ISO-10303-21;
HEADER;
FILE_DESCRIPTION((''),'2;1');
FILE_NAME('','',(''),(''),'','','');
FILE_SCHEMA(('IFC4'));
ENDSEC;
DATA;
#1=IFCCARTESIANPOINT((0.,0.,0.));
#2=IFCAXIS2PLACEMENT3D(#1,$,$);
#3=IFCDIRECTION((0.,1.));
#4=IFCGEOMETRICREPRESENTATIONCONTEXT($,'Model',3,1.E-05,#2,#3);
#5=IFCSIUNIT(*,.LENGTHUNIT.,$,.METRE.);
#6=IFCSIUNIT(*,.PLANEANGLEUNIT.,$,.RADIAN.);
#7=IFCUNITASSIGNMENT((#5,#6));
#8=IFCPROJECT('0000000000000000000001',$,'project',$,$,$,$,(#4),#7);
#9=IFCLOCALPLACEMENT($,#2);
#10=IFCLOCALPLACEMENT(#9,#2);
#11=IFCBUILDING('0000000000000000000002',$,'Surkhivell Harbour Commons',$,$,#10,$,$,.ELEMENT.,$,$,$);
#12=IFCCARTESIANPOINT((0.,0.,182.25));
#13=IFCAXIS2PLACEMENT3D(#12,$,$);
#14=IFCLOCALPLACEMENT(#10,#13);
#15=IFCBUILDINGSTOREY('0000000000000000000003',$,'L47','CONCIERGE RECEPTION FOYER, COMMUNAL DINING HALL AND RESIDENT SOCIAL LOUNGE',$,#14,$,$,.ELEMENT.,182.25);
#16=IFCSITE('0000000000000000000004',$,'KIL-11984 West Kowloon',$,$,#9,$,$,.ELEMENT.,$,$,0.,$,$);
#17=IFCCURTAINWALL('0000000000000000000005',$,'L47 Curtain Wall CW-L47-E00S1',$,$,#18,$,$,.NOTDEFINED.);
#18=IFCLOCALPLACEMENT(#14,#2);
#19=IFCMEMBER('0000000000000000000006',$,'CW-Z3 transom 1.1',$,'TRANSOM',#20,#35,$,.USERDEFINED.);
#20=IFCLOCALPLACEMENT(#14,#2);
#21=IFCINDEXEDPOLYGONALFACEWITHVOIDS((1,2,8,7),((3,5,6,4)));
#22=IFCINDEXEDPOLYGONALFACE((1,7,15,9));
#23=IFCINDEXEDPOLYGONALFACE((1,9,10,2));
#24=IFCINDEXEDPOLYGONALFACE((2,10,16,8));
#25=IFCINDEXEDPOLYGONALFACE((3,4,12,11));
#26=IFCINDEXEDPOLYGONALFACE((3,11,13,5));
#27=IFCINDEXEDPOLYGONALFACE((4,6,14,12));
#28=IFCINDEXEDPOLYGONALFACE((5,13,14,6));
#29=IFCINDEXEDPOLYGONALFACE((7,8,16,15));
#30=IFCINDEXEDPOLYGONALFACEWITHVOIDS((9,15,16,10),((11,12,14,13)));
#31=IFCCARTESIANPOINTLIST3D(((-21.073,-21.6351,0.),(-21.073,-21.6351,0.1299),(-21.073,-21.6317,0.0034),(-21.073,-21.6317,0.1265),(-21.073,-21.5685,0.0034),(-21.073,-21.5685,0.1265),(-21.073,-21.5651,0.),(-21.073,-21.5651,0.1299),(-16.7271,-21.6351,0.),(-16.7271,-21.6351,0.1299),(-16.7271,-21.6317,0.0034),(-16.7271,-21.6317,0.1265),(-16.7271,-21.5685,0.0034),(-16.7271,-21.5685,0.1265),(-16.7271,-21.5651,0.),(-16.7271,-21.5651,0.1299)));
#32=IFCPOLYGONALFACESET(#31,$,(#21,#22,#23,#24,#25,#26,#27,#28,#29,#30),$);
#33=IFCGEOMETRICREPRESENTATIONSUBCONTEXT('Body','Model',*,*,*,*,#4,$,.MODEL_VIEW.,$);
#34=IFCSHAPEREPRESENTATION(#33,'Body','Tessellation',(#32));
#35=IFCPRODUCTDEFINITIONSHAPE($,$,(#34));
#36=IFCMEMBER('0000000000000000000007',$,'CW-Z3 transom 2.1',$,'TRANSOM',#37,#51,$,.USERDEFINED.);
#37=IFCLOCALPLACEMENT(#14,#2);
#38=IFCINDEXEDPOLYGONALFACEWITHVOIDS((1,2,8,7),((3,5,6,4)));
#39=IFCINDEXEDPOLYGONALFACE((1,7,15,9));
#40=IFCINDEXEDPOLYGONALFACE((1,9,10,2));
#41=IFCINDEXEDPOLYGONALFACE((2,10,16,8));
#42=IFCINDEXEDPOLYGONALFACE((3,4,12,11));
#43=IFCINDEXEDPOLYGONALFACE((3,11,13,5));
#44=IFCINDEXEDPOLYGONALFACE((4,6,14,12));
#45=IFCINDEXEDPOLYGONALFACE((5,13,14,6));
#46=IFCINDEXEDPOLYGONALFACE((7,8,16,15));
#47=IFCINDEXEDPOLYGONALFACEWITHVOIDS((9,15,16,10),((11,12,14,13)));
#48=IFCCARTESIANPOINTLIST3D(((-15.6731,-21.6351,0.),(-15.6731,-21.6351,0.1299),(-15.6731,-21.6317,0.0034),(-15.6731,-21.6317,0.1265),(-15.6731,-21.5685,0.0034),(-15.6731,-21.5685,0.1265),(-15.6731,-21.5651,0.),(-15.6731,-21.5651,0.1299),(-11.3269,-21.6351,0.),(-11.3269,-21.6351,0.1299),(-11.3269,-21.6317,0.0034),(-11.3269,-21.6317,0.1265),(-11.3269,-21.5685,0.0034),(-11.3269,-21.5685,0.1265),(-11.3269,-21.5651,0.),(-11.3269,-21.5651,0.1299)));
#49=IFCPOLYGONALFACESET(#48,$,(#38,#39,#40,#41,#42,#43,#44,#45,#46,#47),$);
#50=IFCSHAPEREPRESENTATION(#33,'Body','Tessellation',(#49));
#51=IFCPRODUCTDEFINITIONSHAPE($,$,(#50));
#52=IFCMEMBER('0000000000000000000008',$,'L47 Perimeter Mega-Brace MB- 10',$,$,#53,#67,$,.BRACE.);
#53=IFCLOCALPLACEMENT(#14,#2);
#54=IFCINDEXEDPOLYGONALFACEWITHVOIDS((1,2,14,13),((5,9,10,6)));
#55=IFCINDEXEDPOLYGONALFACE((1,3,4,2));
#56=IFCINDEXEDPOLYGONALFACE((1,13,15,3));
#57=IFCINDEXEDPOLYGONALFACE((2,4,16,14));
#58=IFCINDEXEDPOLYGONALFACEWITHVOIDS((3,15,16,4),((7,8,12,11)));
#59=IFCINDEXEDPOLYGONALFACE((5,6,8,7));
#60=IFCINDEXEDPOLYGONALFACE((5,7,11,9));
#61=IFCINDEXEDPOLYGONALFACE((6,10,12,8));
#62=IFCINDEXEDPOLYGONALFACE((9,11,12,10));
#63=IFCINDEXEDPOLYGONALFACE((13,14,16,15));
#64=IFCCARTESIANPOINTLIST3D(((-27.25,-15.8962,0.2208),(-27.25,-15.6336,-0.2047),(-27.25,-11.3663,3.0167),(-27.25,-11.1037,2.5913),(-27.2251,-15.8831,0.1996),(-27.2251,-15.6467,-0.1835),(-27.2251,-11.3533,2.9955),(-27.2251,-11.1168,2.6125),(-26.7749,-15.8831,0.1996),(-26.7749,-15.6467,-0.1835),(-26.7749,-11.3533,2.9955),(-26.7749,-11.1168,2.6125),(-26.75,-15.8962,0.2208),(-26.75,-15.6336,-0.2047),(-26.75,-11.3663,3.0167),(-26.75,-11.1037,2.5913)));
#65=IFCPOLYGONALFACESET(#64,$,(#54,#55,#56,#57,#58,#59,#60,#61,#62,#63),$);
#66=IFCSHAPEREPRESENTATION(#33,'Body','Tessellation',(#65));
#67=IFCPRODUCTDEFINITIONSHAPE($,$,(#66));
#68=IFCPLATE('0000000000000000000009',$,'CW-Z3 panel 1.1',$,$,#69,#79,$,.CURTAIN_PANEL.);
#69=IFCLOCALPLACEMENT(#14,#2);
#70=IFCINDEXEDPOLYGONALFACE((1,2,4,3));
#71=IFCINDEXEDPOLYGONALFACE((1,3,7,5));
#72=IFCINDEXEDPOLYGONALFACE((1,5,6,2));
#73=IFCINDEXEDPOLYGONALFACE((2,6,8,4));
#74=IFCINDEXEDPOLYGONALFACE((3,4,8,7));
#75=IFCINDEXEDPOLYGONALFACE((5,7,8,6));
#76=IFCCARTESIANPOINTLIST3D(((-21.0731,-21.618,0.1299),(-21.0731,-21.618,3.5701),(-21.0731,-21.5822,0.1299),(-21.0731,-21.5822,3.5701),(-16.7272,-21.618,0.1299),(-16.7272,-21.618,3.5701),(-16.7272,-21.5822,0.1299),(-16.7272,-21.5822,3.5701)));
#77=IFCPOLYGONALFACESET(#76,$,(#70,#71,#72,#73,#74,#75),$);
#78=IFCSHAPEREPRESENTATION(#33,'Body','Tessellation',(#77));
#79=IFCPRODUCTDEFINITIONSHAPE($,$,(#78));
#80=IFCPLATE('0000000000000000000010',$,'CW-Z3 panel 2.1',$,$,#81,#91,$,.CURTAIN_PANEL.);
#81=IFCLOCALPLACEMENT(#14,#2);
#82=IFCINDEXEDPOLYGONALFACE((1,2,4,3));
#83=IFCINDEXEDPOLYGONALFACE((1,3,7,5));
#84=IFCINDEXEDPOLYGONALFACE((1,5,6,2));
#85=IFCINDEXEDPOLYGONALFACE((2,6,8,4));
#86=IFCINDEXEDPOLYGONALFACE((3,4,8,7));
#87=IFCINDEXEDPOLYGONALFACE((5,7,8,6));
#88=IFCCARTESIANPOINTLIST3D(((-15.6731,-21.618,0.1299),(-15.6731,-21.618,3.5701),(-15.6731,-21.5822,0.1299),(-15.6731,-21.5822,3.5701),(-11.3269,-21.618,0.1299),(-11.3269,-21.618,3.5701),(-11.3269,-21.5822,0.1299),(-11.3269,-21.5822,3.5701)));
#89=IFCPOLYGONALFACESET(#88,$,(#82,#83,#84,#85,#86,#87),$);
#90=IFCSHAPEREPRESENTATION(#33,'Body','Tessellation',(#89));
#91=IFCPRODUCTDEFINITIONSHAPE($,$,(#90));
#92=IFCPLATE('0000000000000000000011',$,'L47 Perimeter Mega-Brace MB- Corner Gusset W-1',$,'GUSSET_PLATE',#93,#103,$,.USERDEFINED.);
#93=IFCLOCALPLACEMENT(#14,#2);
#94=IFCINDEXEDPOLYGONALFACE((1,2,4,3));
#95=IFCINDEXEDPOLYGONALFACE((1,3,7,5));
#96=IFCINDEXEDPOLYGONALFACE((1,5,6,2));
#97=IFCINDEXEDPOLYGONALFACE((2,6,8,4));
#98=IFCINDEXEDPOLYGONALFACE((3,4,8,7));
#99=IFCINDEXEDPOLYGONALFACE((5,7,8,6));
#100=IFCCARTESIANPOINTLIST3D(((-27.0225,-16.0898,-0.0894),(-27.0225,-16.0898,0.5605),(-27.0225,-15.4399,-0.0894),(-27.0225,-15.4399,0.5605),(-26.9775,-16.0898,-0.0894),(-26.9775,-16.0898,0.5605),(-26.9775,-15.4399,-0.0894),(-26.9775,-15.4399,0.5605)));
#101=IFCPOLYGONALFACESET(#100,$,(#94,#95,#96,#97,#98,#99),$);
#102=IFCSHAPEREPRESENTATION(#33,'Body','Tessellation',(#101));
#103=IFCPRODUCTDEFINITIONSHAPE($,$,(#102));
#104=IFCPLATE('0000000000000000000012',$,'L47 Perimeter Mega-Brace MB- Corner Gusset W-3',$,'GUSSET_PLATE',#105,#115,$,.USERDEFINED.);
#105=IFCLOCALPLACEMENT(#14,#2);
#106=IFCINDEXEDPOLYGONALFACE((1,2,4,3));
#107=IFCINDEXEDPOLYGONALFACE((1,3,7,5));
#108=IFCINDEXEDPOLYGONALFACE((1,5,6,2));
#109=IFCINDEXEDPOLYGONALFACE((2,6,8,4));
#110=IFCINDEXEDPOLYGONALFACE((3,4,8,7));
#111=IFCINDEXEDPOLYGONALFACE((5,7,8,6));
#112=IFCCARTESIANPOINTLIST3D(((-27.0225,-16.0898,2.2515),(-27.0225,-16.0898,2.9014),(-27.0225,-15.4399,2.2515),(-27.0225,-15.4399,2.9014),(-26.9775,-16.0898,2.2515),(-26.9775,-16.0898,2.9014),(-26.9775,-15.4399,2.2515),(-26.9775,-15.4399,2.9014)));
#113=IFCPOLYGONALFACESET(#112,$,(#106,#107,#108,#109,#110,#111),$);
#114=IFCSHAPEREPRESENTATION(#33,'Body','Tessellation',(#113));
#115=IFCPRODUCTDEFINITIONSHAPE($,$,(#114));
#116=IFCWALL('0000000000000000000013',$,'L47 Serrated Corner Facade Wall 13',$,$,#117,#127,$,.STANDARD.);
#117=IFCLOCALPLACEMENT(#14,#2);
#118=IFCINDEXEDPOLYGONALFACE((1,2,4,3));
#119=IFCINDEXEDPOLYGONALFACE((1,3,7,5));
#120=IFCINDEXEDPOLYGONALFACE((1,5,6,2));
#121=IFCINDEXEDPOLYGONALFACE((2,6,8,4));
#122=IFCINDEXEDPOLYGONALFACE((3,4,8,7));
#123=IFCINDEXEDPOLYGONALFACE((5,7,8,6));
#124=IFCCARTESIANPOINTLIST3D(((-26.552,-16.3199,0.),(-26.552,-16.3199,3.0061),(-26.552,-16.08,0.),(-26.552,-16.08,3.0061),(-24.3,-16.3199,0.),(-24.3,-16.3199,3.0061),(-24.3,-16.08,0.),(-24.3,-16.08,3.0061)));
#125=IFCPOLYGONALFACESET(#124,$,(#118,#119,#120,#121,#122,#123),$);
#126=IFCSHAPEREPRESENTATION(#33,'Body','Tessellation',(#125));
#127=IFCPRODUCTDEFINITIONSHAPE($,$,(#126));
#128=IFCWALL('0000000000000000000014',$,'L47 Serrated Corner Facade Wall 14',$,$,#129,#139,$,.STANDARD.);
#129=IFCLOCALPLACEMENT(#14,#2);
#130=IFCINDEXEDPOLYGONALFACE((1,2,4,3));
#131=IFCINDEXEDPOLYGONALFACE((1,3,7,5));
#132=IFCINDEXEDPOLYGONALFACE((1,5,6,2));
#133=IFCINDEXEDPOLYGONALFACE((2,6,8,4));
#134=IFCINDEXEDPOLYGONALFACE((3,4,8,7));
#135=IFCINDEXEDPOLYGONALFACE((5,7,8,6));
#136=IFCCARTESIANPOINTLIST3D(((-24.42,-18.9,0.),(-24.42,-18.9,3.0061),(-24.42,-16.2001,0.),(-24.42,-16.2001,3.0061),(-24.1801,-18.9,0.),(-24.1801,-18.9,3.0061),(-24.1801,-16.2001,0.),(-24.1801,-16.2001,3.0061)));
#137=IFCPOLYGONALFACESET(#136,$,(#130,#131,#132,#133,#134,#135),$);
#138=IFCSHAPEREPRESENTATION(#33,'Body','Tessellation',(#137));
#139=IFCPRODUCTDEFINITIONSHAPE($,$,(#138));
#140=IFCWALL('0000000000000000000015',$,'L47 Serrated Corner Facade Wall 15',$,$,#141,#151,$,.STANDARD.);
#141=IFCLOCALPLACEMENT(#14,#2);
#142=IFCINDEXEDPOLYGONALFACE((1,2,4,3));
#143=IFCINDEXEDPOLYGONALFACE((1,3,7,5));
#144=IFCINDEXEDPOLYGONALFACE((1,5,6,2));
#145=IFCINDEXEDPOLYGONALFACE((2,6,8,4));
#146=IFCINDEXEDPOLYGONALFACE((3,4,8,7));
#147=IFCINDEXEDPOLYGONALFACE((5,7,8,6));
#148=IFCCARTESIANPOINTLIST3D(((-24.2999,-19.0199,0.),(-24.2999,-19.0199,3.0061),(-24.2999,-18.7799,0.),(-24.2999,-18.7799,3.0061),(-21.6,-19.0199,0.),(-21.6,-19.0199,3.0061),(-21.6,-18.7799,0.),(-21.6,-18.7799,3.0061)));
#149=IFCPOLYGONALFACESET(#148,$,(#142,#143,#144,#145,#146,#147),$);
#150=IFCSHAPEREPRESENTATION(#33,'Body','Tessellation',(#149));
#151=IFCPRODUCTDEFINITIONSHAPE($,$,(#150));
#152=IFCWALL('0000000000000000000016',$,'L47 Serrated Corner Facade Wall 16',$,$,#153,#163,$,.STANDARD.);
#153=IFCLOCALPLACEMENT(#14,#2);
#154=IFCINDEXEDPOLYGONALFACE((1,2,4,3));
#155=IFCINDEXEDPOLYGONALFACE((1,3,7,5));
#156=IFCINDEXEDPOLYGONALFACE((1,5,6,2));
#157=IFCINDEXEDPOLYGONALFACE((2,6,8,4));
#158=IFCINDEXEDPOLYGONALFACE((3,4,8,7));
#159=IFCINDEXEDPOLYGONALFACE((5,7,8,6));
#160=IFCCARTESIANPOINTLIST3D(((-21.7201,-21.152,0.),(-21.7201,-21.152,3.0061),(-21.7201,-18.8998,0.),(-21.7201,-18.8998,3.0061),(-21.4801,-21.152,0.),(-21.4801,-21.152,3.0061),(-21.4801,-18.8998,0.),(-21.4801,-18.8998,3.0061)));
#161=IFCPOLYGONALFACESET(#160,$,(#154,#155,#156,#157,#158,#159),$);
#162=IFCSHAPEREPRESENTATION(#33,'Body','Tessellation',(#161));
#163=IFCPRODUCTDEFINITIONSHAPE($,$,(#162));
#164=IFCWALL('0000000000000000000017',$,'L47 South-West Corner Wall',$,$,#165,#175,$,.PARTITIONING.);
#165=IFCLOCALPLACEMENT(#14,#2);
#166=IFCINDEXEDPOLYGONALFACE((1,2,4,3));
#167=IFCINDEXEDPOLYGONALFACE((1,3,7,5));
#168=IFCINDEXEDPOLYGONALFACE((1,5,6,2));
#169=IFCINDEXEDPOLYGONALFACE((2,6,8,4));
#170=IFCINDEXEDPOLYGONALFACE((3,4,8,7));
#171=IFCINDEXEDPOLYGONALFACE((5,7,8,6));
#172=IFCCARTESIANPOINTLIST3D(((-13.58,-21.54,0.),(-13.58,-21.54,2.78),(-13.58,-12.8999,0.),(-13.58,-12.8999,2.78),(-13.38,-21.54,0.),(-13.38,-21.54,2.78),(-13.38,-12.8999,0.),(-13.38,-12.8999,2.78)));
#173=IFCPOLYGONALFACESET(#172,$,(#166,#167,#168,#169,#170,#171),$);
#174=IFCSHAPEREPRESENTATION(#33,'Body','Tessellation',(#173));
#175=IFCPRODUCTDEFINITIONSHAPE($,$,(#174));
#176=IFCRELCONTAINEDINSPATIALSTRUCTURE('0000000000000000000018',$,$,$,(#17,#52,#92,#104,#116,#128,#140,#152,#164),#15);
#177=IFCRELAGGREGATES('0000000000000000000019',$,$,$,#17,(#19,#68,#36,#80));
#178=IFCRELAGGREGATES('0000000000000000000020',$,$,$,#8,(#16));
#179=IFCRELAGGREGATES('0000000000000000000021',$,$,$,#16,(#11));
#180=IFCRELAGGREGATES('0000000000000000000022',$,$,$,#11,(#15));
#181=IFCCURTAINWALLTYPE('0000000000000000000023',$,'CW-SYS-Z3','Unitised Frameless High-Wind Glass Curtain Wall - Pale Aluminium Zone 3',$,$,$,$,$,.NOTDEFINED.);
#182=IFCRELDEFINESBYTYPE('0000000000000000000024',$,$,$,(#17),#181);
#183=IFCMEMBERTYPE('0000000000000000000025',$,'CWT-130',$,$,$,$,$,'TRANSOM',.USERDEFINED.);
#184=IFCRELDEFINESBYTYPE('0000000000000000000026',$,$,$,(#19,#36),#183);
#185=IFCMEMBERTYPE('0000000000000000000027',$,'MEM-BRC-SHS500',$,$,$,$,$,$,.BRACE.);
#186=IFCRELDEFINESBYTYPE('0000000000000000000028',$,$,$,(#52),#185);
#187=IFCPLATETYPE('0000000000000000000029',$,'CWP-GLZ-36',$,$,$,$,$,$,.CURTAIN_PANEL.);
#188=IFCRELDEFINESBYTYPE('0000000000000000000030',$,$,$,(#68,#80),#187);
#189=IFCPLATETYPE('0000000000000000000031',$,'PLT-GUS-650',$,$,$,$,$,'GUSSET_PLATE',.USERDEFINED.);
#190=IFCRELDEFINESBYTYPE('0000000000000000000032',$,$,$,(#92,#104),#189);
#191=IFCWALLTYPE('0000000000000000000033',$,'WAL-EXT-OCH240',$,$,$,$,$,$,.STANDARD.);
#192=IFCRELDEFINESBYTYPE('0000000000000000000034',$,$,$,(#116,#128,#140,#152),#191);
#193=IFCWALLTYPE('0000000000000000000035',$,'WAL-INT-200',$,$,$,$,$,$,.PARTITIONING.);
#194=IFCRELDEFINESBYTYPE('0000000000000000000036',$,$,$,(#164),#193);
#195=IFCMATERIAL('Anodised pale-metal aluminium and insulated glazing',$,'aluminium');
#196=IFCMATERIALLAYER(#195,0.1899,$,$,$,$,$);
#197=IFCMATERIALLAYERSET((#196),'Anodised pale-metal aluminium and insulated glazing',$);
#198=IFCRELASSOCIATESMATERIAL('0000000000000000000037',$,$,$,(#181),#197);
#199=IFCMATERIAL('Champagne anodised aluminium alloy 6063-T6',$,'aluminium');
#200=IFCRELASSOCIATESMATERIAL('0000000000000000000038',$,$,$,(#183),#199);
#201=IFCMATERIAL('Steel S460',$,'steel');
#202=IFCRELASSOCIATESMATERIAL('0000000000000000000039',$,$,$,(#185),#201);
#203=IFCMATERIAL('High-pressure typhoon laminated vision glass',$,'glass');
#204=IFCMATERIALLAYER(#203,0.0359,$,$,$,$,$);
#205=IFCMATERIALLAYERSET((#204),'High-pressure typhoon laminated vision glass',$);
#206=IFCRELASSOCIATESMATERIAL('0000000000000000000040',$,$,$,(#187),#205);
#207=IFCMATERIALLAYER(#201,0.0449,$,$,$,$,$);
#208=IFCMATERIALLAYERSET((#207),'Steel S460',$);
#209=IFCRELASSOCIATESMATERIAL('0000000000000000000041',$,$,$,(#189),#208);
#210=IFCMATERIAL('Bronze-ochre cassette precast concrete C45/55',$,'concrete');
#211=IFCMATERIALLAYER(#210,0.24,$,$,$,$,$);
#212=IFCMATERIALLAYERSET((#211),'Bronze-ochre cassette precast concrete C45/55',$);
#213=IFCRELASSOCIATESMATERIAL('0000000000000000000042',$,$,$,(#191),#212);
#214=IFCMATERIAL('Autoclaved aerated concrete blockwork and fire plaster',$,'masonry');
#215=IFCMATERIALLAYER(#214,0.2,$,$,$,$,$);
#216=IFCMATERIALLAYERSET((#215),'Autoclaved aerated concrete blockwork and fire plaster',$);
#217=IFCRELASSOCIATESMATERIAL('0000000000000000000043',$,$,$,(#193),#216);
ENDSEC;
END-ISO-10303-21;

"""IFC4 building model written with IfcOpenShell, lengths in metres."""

from ifc_helpers import new_model, si_unit, direction, frame, frame_2d, origin, origin_2d, place, context, subcontext, project, spatial, rectangle, hollow_rectangle, extrude, material, layer, layer_set, material_profile, profile_set, type_object, element, aggregate, save


model = new_model("IFC4")

# Units and contexts
model_context = context("Model", 3, precision=1e-05, world=origin(), true_north=direction((0.0, 1.0)))
body_context = subcontext(model_context, "Body", "Model", "MODEL_VIEW")
ifc_project = project(units=[si_unit("LENGTHUNIT", "METRE"), si_unit("PLANEANGLEUNIT", "RADIAN")], contexts=[model_context])

# Site, building, storey
site_placement = place(None, origin())
site = spatial("IfcSite", under=ifc_project, at=site_placement, Name="KIL-11984 West Kowloon", CompositionType="ELEMENT", RefElevation=0.0)
building_placement = place(site_placement, origin())
building = spatial("IfcBuilding", under=site, at=building_placement, Name="Surkhivell Harbour Commons", CompositionType="ELEMENT")
storey_placement = place(building_placement, frame((0.0, 0.0, 182.25)))
storey = spatial("IfcBuildingStorey", under=building, at=storey_placement, Name="L47", Description="CONCIERGE RECEPTION FOYER, COMMUNAL DINING HALL AND RESIDENT SOCIAL LOUNGE", CompositionType="ELEMENT", Elevation=182.25)

# Curtain wall, members
ifc_material_1 = material(Name="Anodised pale-metal aluminium and insulated glazing", Category="aluminium")
ifc_layer_1 = layer(ifc_material_1, 0.1899)
ifc_layer_set_1 = layer_set([ifc_layer_1], Name="Anodised pale-metal aluminium and insulated glazing")
curtain_wall_type = type_object("IfcCurtainWallType", Name="CW-SYS-Z3", Description="Unitised Frameless High-Wind Glass Curtain Wall - Pale Aluminium Zone 3", PredefinedType="NOTDEFINED", material=ifc_layer_set_1)
curtain_wall_placement = place(storey_placement, origin())
curtain_wall = element("IfcCurtainWall", 1, at=curtain_wall_placement, inside=storey, type_object=curtain_wall_type, Name="L47 Curtain Wall CW-L47-E00S1", PredefinedType="NOTDEFINED")
ifc_material_2 = material(Name="Champagne anodised aluminium alloy 6063-T6", Category="aluminium")
ifc_material_profile_1 = material_profile(ifc_material_2, hollow_rectangle(XDim=0.0701, YDim=0.1299, WallThickness=0.0034, at=origin_2d()), Name="ALU-TRAN-70x130")
ifc_profile_set_1 = profile_set([ifc_material_profile_1], Name="Champagne anodised aluminium alloy 6063-T6")
member_type_1 = type_object("IfcMemberType", Name="CWT-130", ElementType="TRANSOM", PredefinedType="USERDEFINED", material=ifc_profile_set_1)
member_1_placement = place(storey_placement, frame((-21.073, -21.6001, 0.0649), z_axis=(1.0, 0.0, 0.0), x_axis=(0.0, 1.0, 0.0)))
member_1 = element("IfcMember", 2, at=member_1_placement, type_object=member_type_1, Name="CW-Z3 transom 1.1", ObjectType="TRANSOM", PredefinedType="USERDEFINED", context=body_context, shape_type="SweptSolid", body=[
    extrude(hollow_rectangle(XDim=0.0701, YDim=0.1299, WallThickness=0.0034, at=origin_2d()), origin(), (0.0, 0.0, 1.0), 4.3459),
])
member_2_placement = place(storey_placement, frame((-15.6731, -21.6001, 0.0649), z_axis=(1.0, 0.0, 0.0), x_axis=(0.0, 1.0, 0.0)))
member_2 = element("IfcMember", 3, at=member_2_placement, type_object=member_type_1, Name="CW-Z3 transom 2.1", ObjectType="TRANSOM", PredefinedType="USERDEFINED", context=body_context, shape_type="SweptSolid", body=[
    extrude(hollow_rectangle(XDim=0.0701, YDim=0.1299, WallThickness=0.0034, at=origin_2d()), origin(), (0.0, 0.0, 1.0), 4.3462),
])

# Member
ifc_material_3 = material(Name="Steel S460", Category="steel")
ifc_material_profile_2 = material_profile(ifc_material_3, hollow_rectangle(XDim=0.5, YDim=0.5, WallThickness=0.0249, at=origin_2d()), Name="SHS500x500x25")
ifc_profile_set_2 = profile_set([ifc_material_profile_2], Name="Steel S460")
member_type_2 = type_object("IfcMemberType", Name="MEM-BRC-SHS500", PredefinedType="BRACE", material=ifc_profile_set_2)
member_3_placement = place(storey_placement, frame((-27.0, -15.7649, 0.0081), z_axis=(0.0, 0.850958, 0.525233), x_axis=(-1.0, 0.0, 0.0)))
element("IfcMember", 4, at=member_3_placement, inside=storey, type_object=member_type_2, Name="L47 Perimeter Mega-Brace MB- 10", PredefinedType="BRACE", context=body_context, shape_type="SweptSolid", body=[
    extrude(hollow_rectangle(XDim=0.5, YDim=0.5, WallThickness=0.0249, at=origin_2d()), origin(), (0.0, 0.0, 1.0), 5.3232),
])

# Plates
ifc_material_4 = material(Name="High-pressure typhoon laminated vision glass", Category="glass")
ifc_layer_2 = layer(ifc_material_4, 0.0359)
ifc_layer_set_2 = layer_set([ifc_layer_2], Name="High-pressure typhoon laminated vision glass")
plate_type_1 = type_object("IfcPlateType", Name="CWP-GLZ-36", PredefinedType="CURTAIN_PANEL", material=ifc_layer_set_2)
plate_1_placement = place(storey_placement, frame((-21.073, -21.6001, 0.1299), z_axis=(0.0, 0.0, 1.0), x_axis=(1.0, 0.0, 0.0)))
plate_1 = element("IfcPlate", 5, at=plate_1_placement, type_object=plate_type_1, Name="CW-Z3 panel 1.1", PredefinedType="CURTAIN_PANEL", context=body_context, shape_type="SweptSolid", body=[
    extrude(rectangle(XDim=4.3459, YDim=0.0359, at=frame_2d((2.1729, 0.0))), origin(), (0.0, 0.0, 1.0), 3.4402),
])
plate_2_placement = place(storey_placement, frame((-15.6731, -21.6001, 0.1299), z_axis=(0.0, 0.0, 1.0), x_axis=(1.0, 0.0, 0.0)))
plate_2 = element("IfcPlate", 6, at=plate_2_placement, type_object=plate_type_1, Name="CW-Z3 panel 2.1", PredefinedType="CURTAIN_PANEL", context=body_context, shape_type="SweptSolid", body=[
    extrude(rectangle(XDim=4.3462, YDim=0.0359, at=frame_2d((2.1731, 0.0))), origin(), (0.0, 0.0, 1.0), 3.4402),
])
aggregate(curtain_wall, [member_1, plate_1, member_2, plate_2])

# Plates
ifc_layer_3 = layer(ifc_material_3, 0.0449)
ifc_layer_set_3 = layer_set([ifc_layer_3], Name="Steel S460")
plate_type_2 = type_object("IfcPlateType", Name="PLT-GUS-650", ElementType="GUSSET_PLATE", PredefinedType="USERDEFINED", material=ifc_layer_set_3)
for number, where, z_axis, x_axis, name in (
    (7, (-27.0, -15.7649, -0.0894), (0.0, 0.0, 1.0), (0.0, 1.0, 0.0), "L47 Perimeter Mega-Brace MB- Corner Gusset W-1"),
    (8, (-27.0, -15.7649, 2.2515), (0.0, 0.0, 1.0), (0.0, 1.0, 0.0), "L47 Perimeter Mega-Brace MB- Corner Gusset W-3"),
):
    element("IfcPlate", number, at=place(storey_placement, frame(where, z_axis=z_axis, x_axis=x_axis)), inside=storey, type_object=plate_type_2, Name=name, ObjectType="GUSSET_PLATE", PredefinedType="USERDEFINED", context=body_context, shape_type="SweptSolid", body=[
        extrude(rectangle(XDim=0.6499, YDim=0.0449, at=origin_2d()), origin(), (0.0, 0.0, 1.0), 0.6499),
    ])

# Walls
ifc_material_5 = material(Name="Bronze-ochre cassette precast concrete C45/55", Category="concrete")
ifc_layer_4 = layer(ifc_material_5, 0.24)
ifc_layer_set_4 = layer_set([ifc_layer_4], Name="Bronze-ochre cassette precast concrete C45/55")
wall_type_1 = type_object("IfcWallType", Name="WAL-EXT-OCH240", PredefinedType="STANDARD", material=ifc_layer_set_4)
wall_1_placement = place(storey_placement, frame((-26.552, -16.2, 0.0), z_axis=(0.0, 0.0, 1.0), x_axis=(1.0, 0.0, 0.0)))
element("IfcWall", 9, at=wall_1_placement, inside=storey, type_object=wall_type_1, Name="L47 Serrated Corner Facade Wall 13", PredefinedType="STANDARD", context=body_context, shape_type="SweptSolid", body=[
    extrude(rectangle(XDim=2.252, YDim=0.24, at=frame_2d((1.126, 0.0))), origin(), (0.0, 0.0, 1.0), 3.0061),
])
for number, where, z_axis, x_axis, name in (
    (10, (-24.3, -16.2, 0.0), (0.0, 0.0, 1.0), (0.0, -1.0, 0.0), "L47 Serrated Corner Facade Wall 14"),
    (11, (-24.3, -18.8999, 0.0), (0.0, 0.0, 1.0), (1.0, 0.0, 0.0), "L47 Serrated Corner Facade Wall 15"),
):
    element("IfcWall", number, at=place(storey_placement, frame(where, z_axis=z_axis, x_axis=x_axis)), inside=storey, type_object=wall_type_1, Name=name, PredefinedType="STANDARD", context=body_context, shape_type="SweptSolid", body=[
        extrude(rectangle(XDim=2.7, YDim=0.24, at=frame_2d((1.3501, 0.0))), origin(), (0.0, 0.0, 1.0), 3.0061),
    ])
wall_2_placement = place(storey_placement, frame((-21.6001, -18.8999, 0.0), z_axis=(0.0, 0.0, 1.0), x_axis=(0.0, -1.0, 0.0)))
element("IfcWall", 12, at=wall_2_placement, inside=storey, type_object=wall_type_1, Name="L47 Serrated Corner Facade Wall 16", PredefinedType="STANDARD", context=body_context, shape_type="SweptSolid", body=[
    extrude(rectangle(XDim=2.2522, YDim=0.24, at=frame_2d((1.126, 0.0))), origin(), (0.0, 0.0, 1.0), 3.0061),
])
ifc_material_6 = material(Name="Autoclaved aerated concrete blockwork and fire plaster", Category="masonry")
ifc_layer_5 = layer(ifc_material_6, 0.2)
ifc_layer_set_5 = layer_set([ifc_layer_5], Name="Autoclaved aerated concrete blockwork and fire plaster")
wall_type_2 = type_object("IfcWallType", Name="WAL-INT-200", PredefinedType="PARTITIONING", material=ifc_layer_set_5)
wall_3_placement = place(storey_placement, frame((-13.48, -21.54, 0.0), z_axis=(0.0, 0.0, 1.0), x_axis=(0.0, 1.0, 0.0)))
element("IfcWall", 13, at=wall_3_placement, inside=storey, type_object=wall_type_2, Name="L47 South-West Corner Wall", PredefinedType="PARTITIONING", context=body_context, shape_type="SweptSolid", body=[
    extrude(rectangle(XDim=8.6401, YDim=0.2, at=frame_2d((4.3201, 0.0))), origin(), (0.0, 0.0, 1.0), 2.78),
])

save(model, "model.ifc")
